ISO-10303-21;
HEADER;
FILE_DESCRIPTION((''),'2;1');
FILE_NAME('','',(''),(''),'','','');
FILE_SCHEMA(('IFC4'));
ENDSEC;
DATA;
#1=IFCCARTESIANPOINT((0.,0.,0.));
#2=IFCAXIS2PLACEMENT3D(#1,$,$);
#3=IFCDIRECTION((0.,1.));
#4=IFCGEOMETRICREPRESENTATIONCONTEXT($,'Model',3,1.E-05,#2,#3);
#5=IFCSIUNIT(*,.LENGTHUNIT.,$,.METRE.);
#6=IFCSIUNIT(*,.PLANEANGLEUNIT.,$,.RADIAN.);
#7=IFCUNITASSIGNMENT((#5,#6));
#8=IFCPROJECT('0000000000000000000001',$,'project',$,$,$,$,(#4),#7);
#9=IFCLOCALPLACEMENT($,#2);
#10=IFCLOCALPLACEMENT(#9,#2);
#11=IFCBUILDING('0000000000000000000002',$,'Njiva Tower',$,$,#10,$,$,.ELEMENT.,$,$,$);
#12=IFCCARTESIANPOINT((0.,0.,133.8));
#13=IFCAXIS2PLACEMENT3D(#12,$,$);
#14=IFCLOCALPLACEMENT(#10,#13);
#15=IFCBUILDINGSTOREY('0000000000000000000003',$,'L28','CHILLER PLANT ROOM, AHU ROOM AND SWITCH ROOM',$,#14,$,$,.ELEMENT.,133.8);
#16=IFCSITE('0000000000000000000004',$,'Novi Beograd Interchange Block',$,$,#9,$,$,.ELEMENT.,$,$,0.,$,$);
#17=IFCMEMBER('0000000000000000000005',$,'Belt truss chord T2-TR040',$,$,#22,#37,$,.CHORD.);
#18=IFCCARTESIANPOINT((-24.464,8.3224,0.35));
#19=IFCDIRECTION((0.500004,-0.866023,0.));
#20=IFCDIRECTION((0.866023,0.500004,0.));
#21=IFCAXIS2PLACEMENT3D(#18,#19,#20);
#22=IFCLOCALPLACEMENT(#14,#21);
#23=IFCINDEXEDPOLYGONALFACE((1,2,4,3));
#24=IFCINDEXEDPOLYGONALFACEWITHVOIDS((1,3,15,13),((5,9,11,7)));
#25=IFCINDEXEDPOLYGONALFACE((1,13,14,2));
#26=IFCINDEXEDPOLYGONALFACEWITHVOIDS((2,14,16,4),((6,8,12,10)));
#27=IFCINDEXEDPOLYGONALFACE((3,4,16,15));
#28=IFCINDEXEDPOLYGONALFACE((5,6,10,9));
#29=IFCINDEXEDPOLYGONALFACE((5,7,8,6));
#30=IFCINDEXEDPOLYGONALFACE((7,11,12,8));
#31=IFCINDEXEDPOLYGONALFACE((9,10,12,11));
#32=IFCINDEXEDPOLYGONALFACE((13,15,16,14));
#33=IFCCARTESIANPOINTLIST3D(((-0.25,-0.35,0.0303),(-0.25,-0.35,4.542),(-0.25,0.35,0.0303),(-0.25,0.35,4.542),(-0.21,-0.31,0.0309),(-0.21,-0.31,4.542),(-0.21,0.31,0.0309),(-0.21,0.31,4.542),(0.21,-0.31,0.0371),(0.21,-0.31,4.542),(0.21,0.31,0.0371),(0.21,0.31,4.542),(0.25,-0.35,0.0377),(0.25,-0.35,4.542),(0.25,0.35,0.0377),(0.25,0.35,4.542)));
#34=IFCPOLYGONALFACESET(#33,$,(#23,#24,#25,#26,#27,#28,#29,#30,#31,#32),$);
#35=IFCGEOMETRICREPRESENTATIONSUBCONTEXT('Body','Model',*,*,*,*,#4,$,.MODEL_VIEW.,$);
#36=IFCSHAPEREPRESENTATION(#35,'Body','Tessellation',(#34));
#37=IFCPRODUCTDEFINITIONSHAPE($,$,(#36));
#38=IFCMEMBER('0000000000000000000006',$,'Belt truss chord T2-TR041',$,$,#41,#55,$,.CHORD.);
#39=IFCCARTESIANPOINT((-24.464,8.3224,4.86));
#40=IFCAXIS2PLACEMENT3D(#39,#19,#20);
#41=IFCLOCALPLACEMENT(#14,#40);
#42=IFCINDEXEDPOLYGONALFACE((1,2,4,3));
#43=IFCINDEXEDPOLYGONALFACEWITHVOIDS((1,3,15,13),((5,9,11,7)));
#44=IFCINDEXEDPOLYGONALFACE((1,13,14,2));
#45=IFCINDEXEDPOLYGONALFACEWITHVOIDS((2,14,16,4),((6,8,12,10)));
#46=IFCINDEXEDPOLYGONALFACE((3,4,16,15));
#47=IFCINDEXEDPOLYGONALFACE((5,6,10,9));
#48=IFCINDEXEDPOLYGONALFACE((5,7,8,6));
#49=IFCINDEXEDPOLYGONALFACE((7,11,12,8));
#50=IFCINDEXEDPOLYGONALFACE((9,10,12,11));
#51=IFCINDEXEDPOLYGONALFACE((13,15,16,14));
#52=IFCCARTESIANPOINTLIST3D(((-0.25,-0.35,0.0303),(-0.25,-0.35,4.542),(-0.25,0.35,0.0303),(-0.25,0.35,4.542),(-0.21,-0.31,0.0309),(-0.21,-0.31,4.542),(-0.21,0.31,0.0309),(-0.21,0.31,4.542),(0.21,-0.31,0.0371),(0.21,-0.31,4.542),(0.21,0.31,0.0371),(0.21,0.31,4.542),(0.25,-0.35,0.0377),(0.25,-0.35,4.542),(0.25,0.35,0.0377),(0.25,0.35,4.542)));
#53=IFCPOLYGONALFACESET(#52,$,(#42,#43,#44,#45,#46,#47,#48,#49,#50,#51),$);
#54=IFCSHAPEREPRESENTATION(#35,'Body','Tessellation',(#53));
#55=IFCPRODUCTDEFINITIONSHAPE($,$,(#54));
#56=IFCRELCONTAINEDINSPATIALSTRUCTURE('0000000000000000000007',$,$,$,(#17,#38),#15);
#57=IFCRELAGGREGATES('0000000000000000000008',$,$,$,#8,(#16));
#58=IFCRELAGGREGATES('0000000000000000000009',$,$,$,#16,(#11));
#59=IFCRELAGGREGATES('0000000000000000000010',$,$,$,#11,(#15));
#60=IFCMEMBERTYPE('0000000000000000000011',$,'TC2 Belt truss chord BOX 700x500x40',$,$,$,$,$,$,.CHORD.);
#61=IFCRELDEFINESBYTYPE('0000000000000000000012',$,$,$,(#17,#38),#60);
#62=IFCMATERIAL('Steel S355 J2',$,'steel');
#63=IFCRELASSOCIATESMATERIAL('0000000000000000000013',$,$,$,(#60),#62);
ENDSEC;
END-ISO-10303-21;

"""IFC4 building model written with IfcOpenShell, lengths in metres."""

from ifc_helpers import new_model, si_unit, direction, frame, origin, origin_2d, place, context, subcontext, project, spatial, hollow_rectangle, extrude, clip, halfspace, material, material_profile, profile_set, type_object, element, save


model = new_model("IFC4")

# Units and contexts
model_context = context("Model", 3, precision=1e-05, world=origin(), true_north=direction((0.0, 1.0)))
body_context = subcontext(model_context, "Body", "Model", "MODEL_VIEW")
ifc_project = project(units=[si_unit("LENGTHUNIT", "METRE"), si_unit("PLANEANGLEUNIT", "RADIAN")], contexts=[model_context])

# Site, building, storey
site_placement = place(None, origin())
site = spatial("IfcSite", under=ifc_project, at=site_placement, Name="Novi Beograd Interchange Block", CompositionType="ELEMENT", RefElevation=0.0)
building_placement = place(site_placement, origin())
building = spatial("IfcBuilding", under=site, at=building_placement, Name="Njiva Tower", CompositionType="ELEMENT")
storey_placement = place(building_placement, frame((0.0, 0.0, 133.8)))
storey = spatial("IfcBuildingStorey", under=building, at=storey_placement, Name="L28", Description="CHILLER PLANT ROOM, AHU ROOM AND SWITCH ROOM", CompositionType="ELEMENT", Elevation=133.8)

# Shared definitions
ifc_material_1 = material(Name="Steel S355 J2", Category="steel")

# Members
ifc_material_profile_1 = material_profile(ifc_material_1, hollow_rectangle(XDim=0.5, YDim=0.7, WallThickness=0.04, at=origin_2d()), Name="BOX 700x500x40")
ifc_profile_set_1 = profile_set([ifc_material_profile_1], Name="Steel S355 J2")
member_type_1 = type_object("IfcMemberType", Name="TC2 Belt truss chord BOX 700x500x40", PredefinedType="CHORD", material=ifc_profile_set_1)
member_1_placement = place(storey_placement, frame((-24.464, 8.3224, 0.35), z_axis=(0.500004, -0.866023, 0.0), x_axis=(0.866023, 0.500004, 0.0)))
element("IfcMember", 1, at=member_1_placement, inside=storey, type_object=member_type_1, Name="Belt truss chord T2-TR040", PredefinedType="CHORD", context=body_context, shape_type="Clipping", body=[
    clip(extrude(hollow_rectangle(XDim=0.5, YDim=0.7, WallThickness=0.04, at=origin_2d()), origin(), (0.0, 0.0, 1.0), 4.542), halfspace(frame((0.0, -134.15, 0.034), z_axis=(0.014995, 0.0, -0.999888), x_axis=(0.0, -1.0, 0.0)), False)),
])
member_2_placement = place(storey_placement, frame((-24.464, 8.3224, 4.86), z_axis=(0.500004, -0.866023, 0.0), x_axis=(0.866023, 0.500004, 0.0)))
element("IfcMember", 2, at=member_2_placement, inside=storey, type_object=member_type_1, Name="Belt truss chord T2-TR041", PredefinedType="CHORD", context=body_context, shape_type="Clipping", body=[
    clip(extrude(hollow_rectangle(XDim=0.5, YDim=0.7, WallThickness=0.04, at=origin_2d()), origin(), (0.0, 0.0, 1.0), 4.542), halfspace(frame((0.0, -138.66, 0.034), z_axis=(0.014995, 0.0, -0.999888), x_axis=(0.0, -1.0, 0.0)), False)),
])

save(model, "model.ifc")
